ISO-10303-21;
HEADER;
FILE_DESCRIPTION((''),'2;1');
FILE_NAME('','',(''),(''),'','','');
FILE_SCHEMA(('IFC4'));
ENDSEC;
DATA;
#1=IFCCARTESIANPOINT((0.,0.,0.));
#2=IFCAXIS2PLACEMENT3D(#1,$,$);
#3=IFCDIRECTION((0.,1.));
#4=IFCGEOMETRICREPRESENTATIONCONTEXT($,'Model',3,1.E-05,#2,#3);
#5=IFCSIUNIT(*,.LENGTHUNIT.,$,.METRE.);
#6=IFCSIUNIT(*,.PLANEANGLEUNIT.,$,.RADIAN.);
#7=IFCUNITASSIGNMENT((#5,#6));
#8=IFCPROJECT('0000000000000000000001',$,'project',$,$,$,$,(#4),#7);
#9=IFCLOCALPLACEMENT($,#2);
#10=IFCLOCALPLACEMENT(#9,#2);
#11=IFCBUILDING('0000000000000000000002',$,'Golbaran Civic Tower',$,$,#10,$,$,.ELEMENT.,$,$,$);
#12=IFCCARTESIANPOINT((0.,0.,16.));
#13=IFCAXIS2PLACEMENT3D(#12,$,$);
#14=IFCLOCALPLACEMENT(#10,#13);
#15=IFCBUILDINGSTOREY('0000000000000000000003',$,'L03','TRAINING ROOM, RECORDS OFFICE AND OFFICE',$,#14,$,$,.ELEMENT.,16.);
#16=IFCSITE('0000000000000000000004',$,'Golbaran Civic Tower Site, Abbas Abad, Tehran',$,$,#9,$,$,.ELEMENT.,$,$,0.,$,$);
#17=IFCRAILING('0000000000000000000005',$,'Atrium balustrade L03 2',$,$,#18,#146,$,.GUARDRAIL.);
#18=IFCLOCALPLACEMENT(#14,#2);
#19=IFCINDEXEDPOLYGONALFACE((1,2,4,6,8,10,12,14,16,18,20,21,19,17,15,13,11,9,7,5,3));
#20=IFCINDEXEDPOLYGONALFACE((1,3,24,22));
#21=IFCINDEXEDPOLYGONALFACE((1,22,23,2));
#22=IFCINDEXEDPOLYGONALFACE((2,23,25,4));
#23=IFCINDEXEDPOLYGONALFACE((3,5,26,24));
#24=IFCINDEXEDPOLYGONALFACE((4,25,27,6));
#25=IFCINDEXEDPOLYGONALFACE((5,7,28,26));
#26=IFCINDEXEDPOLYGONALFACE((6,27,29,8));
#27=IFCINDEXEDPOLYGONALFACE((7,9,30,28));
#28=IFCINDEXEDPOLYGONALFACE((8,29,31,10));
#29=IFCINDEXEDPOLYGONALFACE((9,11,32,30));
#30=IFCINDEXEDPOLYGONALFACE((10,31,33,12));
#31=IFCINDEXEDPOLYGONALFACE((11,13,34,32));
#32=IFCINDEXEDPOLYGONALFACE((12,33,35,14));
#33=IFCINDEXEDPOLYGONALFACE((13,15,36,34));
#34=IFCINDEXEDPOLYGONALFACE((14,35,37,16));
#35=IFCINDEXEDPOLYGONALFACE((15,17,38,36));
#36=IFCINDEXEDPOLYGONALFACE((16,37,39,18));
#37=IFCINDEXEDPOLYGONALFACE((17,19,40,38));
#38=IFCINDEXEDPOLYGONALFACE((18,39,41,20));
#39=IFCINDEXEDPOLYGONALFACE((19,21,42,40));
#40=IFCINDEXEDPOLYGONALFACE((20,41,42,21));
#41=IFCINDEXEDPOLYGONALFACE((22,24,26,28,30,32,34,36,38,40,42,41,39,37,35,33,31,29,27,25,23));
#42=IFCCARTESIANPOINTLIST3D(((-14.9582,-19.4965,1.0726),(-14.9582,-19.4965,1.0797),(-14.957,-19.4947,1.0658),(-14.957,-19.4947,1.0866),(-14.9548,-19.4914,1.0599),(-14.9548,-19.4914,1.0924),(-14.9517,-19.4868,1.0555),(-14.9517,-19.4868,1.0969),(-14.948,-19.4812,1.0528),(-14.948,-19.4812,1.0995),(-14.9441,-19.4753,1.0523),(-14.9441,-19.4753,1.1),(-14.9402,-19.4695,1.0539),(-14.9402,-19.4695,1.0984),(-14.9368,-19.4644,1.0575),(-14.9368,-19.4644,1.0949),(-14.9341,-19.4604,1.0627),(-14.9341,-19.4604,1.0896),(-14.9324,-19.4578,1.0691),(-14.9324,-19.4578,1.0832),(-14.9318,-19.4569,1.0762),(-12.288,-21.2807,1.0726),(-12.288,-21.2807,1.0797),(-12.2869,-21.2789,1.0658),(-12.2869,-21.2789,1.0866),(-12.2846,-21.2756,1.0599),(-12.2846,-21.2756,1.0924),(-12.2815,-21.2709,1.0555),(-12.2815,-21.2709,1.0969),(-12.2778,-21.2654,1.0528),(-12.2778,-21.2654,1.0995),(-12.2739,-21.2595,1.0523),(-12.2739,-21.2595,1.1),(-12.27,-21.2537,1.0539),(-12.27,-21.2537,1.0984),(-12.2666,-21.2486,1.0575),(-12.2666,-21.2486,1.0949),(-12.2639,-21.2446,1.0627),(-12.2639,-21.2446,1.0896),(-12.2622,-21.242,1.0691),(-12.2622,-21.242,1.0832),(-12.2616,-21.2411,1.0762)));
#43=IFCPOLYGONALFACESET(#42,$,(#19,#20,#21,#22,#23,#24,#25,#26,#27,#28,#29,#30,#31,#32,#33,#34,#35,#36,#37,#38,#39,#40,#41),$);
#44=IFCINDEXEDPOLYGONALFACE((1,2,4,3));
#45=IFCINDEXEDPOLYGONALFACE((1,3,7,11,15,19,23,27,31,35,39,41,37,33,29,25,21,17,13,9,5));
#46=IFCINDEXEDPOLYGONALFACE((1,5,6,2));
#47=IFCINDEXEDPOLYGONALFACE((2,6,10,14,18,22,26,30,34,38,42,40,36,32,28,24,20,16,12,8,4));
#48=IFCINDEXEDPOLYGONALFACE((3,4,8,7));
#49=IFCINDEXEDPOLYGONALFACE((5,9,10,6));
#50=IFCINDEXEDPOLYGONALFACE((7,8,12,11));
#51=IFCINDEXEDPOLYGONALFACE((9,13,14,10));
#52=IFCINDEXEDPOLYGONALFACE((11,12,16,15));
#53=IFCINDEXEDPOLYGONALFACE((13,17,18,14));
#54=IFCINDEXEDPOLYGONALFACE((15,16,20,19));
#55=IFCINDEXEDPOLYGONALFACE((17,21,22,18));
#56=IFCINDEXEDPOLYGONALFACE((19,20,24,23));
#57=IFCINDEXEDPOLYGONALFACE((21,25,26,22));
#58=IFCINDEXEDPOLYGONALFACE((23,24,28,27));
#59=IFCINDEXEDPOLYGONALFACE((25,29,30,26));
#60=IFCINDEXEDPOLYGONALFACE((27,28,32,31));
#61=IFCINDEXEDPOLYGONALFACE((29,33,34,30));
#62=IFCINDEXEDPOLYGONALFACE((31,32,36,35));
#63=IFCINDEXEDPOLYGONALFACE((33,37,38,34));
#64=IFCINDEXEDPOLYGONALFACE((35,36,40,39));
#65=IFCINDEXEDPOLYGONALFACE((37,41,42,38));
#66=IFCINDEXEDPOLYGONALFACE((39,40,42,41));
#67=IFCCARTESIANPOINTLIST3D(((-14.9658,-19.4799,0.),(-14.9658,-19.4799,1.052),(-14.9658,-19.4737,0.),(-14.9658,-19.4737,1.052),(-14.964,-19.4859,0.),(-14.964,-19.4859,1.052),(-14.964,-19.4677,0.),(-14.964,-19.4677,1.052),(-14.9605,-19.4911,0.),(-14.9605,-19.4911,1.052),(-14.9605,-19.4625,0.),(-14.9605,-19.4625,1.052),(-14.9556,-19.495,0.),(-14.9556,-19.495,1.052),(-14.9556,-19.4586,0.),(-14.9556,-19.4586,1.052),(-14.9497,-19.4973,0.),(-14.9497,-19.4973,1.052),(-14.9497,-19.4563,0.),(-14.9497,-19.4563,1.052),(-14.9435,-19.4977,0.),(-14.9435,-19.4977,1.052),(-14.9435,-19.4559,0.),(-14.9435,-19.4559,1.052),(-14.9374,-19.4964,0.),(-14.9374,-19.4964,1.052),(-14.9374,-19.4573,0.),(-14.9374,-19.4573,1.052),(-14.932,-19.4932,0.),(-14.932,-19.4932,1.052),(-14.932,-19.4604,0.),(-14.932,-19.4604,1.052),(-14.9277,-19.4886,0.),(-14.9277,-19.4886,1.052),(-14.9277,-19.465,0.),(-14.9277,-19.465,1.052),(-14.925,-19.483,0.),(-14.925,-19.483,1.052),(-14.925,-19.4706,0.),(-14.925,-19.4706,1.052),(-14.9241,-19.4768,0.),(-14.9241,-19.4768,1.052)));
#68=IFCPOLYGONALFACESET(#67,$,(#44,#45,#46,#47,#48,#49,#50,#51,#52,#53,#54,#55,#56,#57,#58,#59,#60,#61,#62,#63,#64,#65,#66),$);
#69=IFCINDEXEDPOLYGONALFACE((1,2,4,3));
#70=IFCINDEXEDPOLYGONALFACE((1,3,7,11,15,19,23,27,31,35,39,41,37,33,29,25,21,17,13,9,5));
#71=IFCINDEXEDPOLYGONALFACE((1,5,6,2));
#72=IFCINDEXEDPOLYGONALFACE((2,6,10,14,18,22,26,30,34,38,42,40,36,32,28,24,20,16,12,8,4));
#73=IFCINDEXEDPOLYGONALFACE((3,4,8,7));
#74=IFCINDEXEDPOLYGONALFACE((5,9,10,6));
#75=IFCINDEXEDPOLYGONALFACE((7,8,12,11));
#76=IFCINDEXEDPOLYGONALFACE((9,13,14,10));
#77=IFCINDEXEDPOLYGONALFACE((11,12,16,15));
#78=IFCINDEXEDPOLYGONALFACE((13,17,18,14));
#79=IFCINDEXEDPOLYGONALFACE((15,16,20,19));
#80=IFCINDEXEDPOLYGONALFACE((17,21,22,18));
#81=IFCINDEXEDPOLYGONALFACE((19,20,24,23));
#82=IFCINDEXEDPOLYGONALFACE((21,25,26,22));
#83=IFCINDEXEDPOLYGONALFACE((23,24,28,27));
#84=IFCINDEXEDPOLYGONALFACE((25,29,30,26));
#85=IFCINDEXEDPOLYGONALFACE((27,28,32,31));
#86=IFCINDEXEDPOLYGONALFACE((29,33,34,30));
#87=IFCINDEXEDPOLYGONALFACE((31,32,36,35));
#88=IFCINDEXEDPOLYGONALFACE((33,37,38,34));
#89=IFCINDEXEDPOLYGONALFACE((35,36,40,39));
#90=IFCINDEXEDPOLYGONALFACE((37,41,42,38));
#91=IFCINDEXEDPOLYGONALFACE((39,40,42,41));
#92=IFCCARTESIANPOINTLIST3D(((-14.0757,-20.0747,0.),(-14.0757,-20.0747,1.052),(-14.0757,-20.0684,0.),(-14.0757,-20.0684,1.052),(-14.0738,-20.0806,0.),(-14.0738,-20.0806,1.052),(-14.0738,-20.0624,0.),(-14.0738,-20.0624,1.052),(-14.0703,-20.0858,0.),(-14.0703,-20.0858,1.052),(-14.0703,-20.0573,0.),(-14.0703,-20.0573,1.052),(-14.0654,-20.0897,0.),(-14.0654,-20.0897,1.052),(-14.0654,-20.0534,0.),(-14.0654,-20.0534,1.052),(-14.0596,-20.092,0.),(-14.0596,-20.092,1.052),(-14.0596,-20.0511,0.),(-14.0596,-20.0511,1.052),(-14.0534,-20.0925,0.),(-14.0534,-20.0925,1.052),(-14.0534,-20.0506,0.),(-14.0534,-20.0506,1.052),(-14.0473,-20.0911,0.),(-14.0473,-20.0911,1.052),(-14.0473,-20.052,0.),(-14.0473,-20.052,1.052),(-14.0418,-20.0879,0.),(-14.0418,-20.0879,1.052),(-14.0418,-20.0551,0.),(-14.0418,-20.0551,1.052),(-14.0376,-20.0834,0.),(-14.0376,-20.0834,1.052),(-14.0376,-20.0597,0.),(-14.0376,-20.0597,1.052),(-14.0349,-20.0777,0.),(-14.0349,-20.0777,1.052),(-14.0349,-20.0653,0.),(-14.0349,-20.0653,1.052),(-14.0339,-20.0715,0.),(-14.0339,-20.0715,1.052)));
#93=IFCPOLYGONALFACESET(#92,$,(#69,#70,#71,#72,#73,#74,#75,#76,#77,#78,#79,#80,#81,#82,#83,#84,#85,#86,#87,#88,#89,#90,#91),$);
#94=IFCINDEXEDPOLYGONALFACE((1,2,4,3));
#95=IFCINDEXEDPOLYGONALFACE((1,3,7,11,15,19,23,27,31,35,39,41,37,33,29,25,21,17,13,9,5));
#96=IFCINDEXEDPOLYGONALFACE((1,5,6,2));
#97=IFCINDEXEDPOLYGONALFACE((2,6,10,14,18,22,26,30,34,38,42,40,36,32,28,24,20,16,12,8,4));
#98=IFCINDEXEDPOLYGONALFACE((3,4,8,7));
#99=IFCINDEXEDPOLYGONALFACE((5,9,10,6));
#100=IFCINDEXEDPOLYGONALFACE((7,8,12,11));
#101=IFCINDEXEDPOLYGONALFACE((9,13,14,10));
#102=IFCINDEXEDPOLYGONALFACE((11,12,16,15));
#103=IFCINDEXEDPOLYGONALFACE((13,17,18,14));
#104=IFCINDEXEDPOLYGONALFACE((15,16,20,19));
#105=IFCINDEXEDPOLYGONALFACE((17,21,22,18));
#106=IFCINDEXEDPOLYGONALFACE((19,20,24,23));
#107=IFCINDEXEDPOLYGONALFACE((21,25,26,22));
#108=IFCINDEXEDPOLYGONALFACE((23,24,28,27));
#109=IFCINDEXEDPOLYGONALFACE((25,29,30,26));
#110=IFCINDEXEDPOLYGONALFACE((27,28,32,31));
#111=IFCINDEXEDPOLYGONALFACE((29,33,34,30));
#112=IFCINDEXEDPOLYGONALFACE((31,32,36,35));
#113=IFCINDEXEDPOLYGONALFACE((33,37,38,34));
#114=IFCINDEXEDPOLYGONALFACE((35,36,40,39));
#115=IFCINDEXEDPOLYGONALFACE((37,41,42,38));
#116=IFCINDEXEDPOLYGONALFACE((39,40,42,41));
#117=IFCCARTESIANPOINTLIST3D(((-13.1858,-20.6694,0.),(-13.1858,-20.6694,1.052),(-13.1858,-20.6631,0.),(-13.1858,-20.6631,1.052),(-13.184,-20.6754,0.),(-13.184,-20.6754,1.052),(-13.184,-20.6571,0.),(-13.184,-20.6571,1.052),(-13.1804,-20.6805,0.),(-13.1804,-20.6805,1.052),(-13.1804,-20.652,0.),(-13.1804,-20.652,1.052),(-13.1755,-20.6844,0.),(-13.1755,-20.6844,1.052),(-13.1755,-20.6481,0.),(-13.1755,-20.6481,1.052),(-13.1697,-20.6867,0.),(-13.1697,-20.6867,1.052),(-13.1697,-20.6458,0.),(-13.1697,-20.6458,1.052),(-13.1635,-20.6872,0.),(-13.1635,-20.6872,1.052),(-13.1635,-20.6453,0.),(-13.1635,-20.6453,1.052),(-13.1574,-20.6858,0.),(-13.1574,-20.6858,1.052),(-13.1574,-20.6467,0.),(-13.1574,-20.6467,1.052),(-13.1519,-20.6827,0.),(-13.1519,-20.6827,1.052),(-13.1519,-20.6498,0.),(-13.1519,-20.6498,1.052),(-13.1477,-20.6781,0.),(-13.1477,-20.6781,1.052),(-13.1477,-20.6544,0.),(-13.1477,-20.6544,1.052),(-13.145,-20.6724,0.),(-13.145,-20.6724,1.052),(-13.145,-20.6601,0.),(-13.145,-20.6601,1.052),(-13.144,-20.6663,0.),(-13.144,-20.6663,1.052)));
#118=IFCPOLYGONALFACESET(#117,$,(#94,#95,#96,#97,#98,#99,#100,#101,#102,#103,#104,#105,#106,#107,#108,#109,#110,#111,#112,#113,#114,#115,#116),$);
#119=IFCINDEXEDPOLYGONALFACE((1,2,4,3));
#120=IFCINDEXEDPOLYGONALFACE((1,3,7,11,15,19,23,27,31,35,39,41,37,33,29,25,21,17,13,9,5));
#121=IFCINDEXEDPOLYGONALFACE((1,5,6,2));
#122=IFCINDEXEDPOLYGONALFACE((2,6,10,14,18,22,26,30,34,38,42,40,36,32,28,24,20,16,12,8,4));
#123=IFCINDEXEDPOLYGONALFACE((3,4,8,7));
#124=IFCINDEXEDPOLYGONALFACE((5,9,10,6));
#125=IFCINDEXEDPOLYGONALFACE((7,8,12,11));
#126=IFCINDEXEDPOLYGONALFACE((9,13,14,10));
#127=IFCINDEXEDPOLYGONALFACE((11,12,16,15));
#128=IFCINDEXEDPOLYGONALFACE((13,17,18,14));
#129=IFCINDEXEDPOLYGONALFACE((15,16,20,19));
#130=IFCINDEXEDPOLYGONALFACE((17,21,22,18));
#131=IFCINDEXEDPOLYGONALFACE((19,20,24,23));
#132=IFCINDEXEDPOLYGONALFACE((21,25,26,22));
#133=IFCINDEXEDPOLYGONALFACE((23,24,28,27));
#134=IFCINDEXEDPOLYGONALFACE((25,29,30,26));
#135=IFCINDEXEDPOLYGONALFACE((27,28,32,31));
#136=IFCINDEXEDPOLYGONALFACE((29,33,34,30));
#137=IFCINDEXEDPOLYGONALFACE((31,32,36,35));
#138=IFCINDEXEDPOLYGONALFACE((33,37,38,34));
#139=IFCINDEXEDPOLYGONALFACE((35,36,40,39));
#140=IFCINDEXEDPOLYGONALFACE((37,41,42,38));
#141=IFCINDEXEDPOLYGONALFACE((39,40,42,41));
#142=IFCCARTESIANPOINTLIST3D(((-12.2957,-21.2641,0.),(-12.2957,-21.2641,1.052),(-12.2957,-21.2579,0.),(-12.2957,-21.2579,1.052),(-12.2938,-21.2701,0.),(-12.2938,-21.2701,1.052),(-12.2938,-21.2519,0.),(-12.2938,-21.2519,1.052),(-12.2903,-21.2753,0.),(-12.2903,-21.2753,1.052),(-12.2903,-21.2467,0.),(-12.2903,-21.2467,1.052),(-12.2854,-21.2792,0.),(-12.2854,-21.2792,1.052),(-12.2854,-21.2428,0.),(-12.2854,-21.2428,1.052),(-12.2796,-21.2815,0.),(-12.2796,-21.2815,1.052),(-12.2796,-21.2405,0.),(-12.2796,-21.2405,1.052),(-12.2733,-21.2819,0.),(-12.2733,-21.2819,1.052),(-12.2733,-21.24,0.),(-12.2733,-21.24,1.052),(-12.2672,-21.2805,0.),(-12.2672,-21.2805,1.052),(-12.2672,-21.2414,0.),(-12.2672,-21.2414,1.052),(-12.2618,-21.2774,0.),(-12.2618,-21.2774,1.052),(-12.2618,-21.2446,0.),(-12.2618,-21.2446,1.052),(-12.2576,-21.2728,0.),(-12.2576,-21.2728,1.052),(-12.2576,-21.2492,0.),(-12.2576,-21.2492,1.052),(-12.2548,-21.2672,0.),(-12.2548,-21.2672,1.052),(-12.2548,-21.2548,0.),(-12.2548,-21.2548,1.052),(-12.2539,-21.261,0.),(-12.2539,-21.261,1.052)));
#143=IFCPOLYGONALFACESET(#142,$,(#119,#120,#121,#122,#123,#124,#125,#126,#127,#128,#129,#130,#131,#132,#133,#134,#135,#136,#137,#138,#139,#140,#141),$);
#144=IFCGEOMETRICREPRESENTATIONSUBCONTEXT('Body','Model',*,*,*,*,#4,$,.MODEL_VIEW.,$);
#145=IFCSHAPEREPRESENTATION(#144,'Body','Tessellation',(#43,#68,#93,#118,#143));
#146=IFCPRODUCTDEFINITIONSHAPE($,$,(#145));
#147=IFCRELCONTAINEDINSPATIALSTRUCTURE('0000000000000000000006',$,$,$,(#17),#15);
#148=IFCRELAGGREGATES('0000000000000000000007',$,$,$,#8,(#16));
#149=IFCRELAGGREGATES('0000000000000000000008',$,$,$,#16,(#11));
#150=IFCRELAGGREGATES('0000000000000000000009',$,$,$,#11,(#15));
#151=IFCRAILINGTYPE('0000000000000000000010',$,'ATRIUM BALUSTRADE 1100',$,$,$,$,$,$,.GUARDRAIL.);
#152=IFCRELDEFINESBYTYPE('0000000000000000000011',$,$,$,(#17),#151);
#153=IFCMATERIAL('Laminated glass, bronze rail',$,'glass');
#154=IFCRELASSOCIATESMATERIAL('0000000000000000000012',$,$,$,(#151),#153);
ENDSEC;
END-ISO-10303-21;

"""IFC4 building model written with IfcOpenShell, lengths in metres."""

from ifc_helpers import new_model, si_unit, direction, frame, origin, origin_2d, place, context, subcontext, project, spatial, circle, extrude, material, type_object, element, save


model = new_model("IFC4")

# Units and contexts
model_context = context("Model", 3, precision=1e-05, world=origin(), true_north=direction((0.0, 1.0)))
body_context = subcontext(model_context, "Body", "Model", "MODEL_VIEW")
ifc_project = project(units=[si_unit("LENGTHUNIT", "METRE"), si_unit("PLANEANGLEUNIT", "RADIAN")], contexts=[model_context])

# Site, building, storey
site_placement = place(None, origin())
site = spatial("IfcSite", under=ifc_project, at=site_placement, Name="Golbaran Civic Tower Site, Abbas Abad, Tehran", CompositionType="ELEMENT", RefElevation=0.0)
building_placement = place(site_placement, origin())
building = spatial("IfcBuilding", under=site, at=building_placement, Name="Golbaran Civic Tower", CompositionType="ELEMENT")
storey_placement = place(building_placement, frame((0.0, 0.0, 16.0)))
storey = spatial("IfcBuildingStorey", under=building, at=storey_placement, Name="L03", Description="TRAINING ROOM, RECORDS OFFICE AND OFFICE", CompositionType="ELEMENT", Elevation=16.0)

# Railing
ifc_material_1 = material(Name="Laminated glass, bronze rail", Category="glass")
railing_type = type_object("IfcRailingType", Name="ATRIUM BALUSTRADE 1100", PredefinedType="GUARDRAIL", material=ifc_material_1)
railing_1_placement = place(storey_placement, frame((-14.9451, -19.4768, 0.0)))
element("IfcRailing", 1, at=railing_1_placement, inside=storey, type_object=railing_type, Name="Atrium balustrade L03 2", PredefinedType="GUARDRAIL", context=body_context, shape_type="SweptSolid", body=[
    extrude(circle(Radius=0.0239, at=origin_2d()), frame((0.0, 0.0, 1.0762), z_axis=(0.831465, -0.555577, 0.0), x_axis=(0.555577, 0.831465, 0.0)), (0.0, 0.0, 1.0), 3.2114),
    extrude(circle(Radius=0.021, at=origin_2d()), origin(), (0.0, 0.0, 1.0), 1.052),
    extrude(circle(Radius=0.021, at=origin_2d()), frame((0.8901, -0.5947, 0.0)), (0.0, 0.0, 1.0), 1.052),
    extrude(circle(Radius=0.021, at=origin_2d()), frame((1.78, -1.1895, 0.0)), (0.0, 0.0, 1.0), 1.052),
    extrude(circle(Radius=0.021, at=origin_2d()), frame((2.6702, -1.7842, 0.0)), (0.0, 0.0, 1.0), 1.052),
])

save(model, "model.ifc")
